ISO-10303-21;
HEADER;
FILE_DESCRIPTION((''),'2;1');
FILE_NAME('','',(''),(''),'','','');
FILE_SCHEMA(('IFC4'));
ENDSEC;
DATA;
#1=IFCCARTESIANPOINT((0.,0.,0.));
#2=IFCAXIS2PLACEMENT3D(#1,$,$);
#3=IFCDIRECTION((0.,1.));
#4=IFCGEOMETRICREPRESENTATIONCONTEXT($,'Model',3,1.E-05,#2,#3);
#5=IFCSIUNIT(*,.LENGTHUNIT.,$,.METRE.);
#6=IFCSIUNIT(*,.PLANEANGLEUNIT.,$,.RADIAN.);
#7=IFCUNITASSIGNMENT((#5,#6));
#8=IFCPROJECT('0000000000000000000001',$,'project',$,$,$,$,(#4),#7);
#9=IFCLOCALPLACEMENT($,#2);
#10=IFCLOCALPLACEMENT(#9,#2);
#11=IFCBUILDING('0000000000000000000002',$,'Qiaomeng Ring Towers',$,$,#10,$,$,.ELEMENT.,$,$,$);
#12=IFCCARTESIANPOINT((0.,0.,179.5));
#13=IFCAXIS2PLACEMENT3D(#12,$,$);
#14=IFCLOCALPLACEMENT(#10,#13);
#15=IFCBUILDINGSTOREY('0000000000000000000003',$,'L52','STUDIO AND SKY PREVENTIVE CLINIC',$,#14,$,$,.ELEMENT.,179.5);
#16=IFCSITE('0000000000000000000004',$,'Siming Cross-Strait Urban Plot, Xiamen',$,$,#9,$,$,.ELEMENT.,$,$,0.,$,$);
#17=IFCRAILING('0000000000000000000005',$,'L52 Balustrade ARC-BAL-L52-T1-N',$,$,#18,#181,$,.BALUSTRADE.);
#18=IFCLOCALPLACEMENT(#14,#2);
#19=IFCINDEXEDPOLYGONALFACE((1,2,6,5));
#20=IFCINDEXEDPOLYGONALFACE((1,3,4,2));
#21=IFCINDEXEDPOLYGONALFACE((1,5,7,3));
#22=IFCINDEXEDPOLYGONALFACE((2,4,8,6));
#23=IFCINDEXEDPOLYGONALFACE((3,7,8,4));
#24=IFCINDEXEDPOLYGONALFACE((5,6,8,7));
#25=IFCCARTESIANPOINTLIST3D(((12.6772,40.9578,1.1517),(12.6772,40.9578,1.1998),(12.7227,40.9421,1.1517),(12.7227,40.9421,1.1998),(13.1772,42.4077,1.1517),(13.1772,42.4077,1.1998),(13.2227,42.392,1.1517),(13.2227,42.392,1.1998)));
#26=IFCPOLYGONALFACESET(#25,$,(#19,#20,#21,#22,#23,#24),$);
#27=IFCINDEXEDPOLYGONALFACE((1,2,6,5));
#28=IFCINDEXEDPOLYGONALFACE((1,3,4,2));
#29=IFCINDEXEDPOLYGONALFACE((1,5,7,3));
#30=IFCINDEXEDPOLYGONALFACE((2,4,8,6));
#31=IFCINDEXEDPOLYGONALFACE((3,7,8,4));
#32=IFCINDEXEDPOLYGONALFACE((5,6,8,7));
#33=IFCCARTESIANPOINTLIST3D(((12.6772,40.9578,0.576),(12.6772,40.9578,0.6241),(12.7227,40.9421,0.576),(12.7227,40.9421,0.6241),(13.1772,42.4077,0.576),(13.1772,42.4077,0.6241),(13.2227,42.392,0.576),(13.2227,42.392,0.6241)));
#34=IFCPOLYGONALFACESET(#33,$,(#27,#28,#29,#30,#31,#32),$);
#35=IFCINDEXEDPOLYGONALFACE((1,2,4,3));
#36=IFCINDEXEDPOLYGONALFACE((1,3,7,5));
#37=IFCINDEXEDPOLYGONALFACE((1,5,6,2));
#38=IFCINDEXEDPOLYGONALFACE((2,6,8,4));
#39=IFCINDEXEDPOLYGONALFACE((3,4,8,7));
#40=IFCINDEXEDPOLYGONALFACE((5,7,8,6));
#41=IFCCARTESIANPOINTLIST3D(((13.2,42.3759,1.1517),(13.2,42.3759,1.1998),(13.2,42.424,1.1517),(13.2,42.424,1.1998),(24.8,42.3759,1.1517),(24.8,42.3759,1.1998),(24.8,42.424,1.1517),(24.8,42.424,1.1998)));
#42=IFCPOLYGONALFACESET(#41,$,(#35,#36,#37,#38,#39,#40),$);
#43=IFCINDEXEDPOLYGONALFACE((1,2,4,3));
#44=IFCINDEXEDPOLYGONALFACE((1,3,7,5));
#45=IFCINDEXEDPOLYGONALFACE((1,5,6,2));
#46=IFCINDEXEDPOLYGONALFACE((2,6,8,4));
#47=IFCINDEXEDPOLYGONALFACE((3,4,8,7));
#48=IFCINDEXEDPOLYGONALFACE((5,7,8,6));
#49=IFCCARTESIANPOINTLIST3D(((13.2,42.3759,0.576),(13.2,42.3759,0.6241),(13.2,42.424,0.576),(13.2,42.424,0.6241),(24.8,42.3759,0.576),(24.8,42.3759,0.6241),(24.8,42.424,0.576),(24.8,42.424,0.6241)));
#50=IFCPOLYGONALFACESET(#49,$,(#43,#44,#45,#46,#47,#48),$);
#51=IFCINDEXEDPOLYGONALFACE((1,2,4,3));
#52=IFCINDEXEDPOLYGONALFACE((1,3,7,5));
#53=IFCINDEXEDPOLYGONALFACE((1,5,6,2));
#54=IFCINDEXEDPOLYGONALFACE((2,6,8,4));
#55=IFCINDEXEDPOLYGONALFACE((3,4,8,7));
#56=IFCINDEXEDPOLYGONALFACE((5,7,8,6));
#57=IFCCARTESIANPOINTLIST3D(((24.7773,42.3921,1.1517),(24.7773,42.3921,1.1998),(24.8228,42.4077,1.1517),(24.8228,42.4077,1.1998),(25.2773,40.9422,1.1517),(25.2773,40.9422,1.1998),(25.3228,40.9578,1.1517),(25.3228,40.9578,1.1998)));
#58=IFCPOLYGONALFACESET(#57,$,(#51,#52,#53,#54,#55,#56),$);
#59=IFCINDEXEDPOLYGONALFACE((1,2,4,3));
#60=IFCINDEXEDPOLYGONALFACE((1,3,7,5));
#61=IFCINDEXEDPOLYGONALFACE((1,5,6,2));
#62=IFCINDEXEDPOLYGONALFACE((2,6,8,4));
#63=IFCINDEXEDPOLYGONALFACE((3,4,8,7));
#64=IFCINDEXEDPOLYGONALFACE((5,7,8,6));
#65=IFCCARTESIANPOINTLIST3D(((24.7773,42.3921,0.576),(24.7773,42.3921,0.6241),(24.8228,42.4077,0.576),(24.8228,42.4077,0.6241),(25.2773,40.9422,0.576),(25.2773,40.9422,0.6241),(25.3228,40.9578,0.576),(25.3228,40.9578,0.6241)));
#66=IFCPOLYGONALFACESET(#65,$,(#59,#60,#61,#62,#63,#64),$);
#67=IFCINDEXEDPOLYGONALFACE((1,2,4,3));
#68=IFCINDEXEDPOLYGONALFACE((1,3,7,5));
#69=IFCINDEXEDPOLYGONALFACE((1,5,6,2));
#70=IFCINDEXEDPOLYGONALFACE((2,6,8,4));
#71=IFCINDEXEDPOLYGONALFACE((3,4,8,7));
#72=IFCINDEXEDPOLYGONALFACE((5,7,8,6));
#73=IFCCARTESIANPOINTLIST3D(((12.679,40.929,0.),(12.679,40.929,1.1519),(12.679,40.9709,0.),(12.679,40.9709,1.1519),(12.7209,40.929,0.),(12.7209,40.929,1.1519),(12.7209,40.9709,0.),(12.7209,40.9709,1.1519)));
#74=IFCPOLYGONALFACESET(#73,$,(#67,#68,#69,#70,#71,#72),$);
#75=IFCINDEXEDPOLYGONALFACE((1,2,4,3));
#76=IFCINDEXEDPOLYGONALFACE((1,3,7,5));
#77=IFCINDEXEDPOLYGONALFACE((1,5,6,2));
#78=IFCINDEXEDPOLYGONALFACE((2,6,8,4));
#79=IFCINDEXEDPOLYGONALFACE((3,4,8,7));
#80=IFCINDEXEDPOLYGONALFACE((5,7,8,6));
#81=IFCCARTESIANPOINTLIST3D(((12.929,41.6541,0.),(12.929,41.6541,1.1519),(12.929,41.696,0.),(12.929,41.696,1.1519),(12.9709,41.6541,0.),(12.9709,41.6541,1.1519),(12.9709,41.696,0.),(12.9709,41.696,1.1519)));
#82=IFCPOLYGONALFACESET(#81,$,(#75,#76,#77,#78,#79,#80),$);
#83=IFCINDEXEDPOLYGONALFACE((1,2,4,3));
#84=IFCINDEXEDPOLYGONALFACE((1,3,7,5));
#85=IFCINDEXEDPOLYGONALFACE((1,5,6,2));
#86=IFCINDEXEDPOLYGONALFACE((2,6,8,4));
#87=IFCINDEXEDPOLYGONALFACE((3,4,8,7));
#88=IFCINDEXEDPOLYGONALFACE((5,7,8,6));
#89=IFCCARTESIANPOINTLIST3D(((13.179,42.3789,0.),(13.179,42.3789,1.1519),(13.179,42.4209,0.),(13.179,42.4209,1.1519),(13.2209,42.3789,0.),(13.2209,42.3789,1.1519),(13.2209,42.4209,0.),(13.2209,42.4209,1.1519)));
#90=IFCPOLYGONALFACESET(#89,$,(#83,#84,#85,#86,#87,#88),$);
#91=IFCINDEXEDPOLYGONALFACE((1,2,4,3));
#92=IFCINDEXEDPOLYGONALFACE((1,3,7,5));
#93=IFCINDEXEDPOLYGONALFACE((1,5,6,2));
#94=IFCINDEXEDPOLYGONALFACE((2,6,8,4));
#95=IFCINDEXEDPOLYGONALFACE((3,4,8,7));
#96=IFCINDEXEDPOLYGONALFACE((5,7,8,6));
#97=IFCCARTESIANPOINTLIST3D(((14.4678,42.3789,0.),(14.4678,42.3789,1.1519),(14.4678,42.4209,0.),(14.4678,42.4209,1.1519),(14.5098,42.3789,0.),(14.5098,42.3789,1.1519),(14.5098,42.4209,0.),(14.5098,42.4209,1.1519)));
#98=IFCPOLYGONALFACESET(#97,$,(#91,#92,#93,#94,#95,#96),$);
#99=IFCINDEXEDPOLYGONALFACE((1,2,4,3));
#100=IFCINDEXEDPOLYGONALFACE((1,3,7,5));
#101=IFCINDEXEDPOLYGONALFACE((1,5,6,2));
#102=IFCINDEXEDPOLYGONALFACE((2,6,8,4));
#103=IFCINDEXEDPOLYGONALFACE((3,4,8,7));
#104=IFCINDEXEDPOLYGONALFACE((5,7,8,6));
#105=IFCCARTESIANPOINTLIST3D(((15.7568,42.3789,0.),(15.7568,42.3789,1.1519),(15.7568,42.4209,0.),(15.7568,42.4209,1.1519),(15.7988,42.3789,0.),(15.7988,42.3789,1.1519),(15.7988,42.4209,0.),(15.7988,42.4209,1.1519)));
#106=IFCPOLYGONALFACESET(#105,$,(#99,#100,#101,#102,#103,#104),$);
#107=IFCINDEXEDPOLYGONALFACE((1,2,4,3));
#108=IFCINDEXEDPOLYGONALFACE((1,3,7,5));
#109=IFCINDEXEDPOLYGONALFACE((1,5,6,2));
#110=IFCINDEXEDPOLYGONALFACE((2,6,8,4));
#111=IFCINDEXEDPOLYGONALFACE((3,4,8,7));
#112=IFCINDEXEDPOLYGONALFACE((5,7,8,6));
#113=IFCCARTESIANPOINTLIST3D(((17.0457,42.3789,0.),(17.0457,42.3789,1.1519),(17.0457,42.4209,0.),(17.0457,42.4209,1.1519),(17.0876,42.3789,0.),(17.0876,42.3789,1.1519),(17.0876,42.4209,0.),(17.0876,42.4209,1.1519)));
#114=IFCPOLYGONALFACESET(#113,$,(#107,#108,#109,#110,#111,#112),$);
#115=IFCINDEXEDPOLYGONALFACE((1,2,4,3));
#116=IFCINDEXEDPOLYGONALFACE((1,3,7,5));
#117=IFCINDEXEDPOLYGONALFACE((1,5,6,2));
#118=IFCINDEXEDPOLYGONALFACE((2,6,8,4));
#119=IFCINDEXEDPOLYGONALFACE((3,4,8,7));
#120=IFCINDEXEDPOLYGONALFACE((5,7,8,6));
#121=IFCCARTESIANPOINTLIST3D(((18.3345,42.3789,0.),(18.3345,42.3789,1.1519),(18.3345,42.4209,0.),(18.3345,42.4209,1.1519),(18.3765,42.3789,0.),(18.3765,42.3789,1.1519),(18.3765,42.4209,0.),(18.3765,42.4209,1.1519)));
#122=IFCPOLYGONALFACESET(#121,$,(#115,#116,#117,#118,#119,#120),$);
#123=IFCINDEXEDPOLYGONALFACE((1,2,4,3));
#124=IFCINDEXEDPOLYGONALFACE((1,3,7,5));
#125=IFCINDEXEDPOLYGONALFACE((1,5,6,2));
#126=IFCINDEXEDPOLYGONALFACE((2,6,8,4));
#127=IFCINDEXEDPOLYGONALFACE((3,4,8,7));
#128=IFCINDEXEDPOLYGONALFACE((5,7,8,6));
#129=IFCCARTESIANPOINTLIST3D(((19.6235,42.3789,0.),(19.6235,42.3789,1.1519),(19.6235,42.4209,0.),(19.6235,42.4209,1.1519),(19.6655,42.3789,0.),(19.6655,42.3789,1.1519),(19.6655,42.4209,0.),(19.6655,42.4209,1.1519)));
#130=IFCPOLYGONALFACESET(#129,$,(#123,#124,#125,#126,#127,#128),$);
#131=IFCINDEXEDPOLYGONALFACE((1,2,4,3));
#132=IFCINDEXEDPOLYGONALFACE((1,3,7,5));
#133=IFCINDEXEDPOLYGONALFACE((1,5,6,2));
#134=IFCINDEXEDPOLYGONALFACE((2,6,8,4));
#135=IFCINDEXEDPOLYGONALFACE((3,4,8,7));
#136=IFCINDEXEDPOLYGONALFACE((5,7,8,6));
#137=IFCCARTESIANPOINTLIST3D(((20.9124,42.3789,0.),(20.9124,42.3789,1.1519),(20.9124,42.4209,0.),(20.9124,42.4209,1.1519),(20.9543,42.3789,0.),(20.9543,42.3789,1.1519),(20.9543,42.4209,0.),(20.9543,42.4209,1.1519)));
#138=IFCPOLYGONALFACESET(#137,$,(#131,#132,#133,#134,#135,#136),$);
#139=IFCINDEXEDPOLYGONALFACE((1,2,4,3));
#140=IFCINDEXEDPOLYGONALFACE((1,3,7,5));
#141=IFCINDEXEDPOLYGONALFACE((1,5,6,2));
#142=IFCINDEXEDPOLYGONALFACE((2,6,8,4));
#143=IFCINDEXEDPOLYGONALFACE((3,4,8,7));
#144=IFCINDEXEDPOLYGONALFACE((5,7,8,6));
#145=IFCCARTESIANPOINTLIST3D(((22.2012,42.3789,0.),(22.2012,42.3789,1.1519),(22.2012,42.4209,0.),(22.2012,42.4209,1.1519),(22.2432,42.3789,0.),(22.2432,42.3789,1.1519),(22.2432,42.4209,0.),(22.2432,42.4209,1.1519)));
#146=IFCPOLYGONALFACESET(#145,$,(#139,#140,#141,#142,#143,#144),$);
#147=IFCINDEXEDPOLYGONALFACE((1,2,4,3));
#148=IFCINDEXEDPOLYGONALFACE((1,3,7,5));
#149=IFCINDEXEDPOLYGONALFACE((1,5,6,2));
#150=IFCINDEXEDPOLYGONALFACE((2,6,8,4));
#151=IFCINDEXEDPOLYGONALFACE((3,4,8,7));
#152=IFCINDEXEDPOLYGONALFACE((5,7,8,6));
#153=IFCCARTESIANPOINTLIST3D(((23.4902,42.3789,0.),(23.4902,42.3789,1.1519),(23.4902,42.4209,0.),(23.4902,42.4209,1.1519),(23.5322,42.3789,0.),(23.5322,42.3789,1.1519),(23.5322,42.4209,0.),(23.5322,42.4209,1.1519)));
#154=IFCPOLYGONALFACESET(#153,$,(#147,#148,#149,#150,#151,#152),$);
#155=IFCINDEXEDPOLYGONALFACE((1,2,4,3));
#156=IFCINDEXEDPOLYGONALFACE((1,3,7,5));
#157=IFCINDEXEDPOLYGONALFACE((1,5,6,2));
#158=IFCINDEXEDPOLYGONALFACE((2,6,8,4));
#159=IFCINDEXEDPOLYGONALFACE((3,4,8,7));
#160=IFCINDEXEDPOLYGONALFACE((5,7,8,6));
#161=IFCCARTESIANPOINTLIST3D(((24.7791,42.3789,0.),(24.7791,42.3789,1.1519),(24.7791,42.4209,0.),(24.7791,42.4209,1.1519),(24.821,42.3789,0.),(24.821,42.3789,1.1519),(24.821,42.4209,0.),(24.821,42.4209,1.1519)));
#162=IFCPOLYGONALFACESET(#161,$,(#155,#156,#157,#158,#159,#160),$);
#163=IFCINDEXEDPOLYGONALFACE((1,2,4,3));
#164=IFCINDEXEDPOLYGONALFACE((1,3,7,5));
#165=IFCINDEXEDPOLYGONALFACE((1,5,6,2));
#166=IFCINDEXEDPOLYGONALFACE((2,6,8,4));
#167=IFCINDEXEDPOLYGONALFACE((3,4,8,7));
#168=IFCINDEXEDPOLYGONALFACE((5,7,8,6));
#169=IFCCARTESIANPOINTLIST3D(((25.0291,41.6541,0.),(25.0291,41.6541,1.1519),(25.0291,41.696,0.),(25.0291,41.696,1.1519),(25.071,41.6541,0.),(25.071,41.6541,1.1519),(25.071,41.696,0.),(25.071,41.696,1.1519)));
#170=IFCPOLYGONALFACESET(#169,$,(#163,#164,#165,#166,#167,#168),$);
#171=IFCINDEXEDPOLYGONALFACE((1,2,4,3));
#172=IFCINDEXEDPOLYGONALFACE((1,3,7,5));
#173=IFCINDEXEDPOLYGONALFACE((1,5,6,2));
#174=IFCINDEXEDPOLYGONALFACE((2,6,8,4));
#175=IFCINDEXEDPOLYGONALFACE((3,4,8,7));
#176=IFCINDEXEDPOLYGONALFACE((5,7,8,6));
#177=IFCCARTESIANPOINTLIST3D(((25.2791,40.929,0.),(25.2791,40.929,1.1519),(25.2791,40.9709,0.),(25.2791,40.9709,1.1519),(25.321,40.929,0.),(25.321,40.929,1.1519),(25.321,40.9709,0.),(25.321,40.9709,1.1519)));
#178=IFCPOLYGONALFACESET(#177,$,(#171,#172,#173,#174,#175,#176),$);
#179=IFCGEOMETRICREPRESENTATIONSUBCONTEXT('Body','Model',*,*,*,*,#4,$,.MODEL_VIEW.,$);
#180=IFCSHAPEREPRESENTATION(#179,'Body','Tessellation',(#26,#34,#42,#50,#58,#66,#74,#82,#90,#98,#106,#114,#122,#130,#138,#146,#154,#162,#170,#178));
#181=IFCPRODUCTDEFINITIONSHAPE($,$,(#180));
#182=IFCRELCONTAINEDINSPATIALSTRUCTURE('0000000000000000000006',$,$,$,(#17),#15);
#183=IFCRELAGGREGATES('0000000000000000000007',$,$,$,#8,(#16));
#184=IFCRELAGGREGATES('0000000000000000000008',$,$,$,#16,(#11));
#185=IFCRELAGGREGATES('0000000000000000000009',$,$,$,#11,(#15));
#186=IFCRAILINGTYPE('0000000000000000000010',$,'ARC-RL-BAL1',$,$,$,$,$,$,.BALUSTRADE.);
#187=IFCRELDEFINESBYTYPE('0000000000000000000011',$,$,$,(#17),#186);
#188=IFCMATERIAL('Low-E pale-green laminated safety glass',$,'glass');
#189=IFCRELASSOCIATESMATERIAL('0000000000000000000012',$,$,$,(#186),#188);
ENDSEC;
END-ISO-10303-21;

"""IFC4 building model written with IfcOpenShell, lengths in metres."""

from ifc_helpers import new_model, si_unit, direction, frame, origin, origin_2d, place, context, subcontext, project, spatial, rectangle, extrude, material, type_object, element, save


model = new_model("IFC4")

# Units and contexts
model_context = context("Model", 3, precision=1e-05, world=origin(), true_north=direction((0.0, 1.0)))
body_context = subcontext(model_context, "Body", "Model", "MODEL_VIEW")
ifc_project = project(units=[si_unit("LENGTHUNIT", "METRE"), si_unit("PLANEANGLEUNIT", "RADIAN")], contexts=[model_context])

# Site, building, storey
site_placement = place(None, origin())
site = spatial("IfcSite", under=ifc_project, at=site_placement, Name="Siming Cross-Strait Urban Plot, Xiamen", CompositionType="ELEMENT", RefElevation=0.0)
building_placement = place(site_placement, origin())
building = spatial("IfcBuilding", under=site, at=building_placement, Name="Qiaomeng Ring Towers", CompositionType="ELEMENT")
storey_placement = place(building_placement, frame((0.0, 0.0, 179.5)))
storey = spatial("IfcBuildingStorey", under=building, at=storey_placement, Name="L52", Description="STUDIO AND SKY PREVENTIVE CLINIC", CompositionType="ELEMENT", Elevation=179.5)

# Railing
ifc_material_1 = material(Name="Low-E pale-green laminated safety glass", Category="glass")
railing_type = type_object("IfcRailingType", Name="ARC-RL-BAL1", PredefinedType="BALUSTRADE", material=ifc_material_1)
railing_placement = place(storey_placement, frame((12.7, 40.95, 0.0)))
element("IfcRailing", 1, at=railing_placement, inside=storey, type_object=railing_type, Name="L52 Balustrade ARC-BAL-L52-T1-N", PredefinedType="BALUSTRADE", context=body_context, shape_type="SweptSolid", body=[
    extrude(rectangle(XDim=0.0481, YDim=0.0481, at=origin_2d()), frame((0.0, 0.0, 1.1758), z_axis=(0.326, 0.94537, 0.0), x_axis=(-0.94537, 0.326, 0.0)), (0.0, 0.0, 1.0), 1.5337),
    extrude(rectangle(XDim=0.0481, YDim=0.0481, at=origin_2d()), frame((0.0, 0.0, 0.6001), z_axis=(0.326, 0.94537, 0.0), x_axis=(-0.94537, 0.326, 0.0)), (0.0, 0.0, 1.0), 1.5337),
    extrude(rectangle(XDim=0.0481, YDim=0.0481, at=origin_2d()), frame((0.5, 1.45, 1.1758), z_axis=(1.0, 0.0, 0.0), x_axis=(0.0, 1.0, 0.0)), (0.0, 0.0, 1.0), 11.6001),
    extrude(rectangle(XDim=0.0481, YDim=0.0481, at=origin_2d()), frame((0.5, 1.45, 0.6001), z_axis=(1.0, 0.0, 0.0), x_axis=(0.0, 1.0, 0.0)), (0.0, 0.0, 1.0), 11.6001),
    extrude(rectangle(XDim=0.0481, YDim=0.0481, at=origin_2d()), frame((12.1001, 1.45, 1.1758), z_axis=(0.326, -0.94537, 0.0), x_axis=(0.94537, 0.326, 0.0)), (0.0, 0.0, 1.0), 1.5337),
    extrude(rectangle(XDim=0.0481, YDim=0.0481, at=origin_2d()), frame((12.1001, 1.45, 0.6001), z_axis=(0.326, -0.94537, 0.0), x_axis=(0.94537, 0.326, 0.0)), (0.0, 0.0, 1.0), 1.5337),
    extrude(rectangle(XDim=0.042, YDim=0.042, at=origin_2d()), origin(), (0.0, 0.0, 1.0), 1.1519),
    extrude(rectangle(XDim=0.042, YDim=0.042, at=origin_2d()), frame((0.25, 0.7251, 0.0)), (0.0, 0.0, 1.0), 1.1519),
    extrude(rectangle(XDim=0.042, YDim=0.042, at=origin_2d()), frame((0.5, 1.45, 0.0)), (0.0, 0.0, 1.0), 1.1519),
    extrude(rectangle(XDim=0.042, YDim=0.042, at=origin_2d()), frame((1.7888, 1.45, 0.0)), (0.0, 0.0, 1.0), 1.1519),
    extrude(rectangle(XDim=0.042, YDim=0.042, at=origin_2d()), frame((3.0779, 1.45, 0.0)), (0.0, 0.0, 1.0), 1.1519),
    extrude(rectangle(XDim=0.042, YDim=0.042, at=origin_2d()), frame((4.3667, 1.45, 0.0)), (0.0, 0.0, 1.0), 1.1519),
    extrude(rectangle(XDim=0.042, YDim=0.042, at=origin_2d()), frame((5.6555, 1.45, 0.0)), (0.0, 0.0, 1.0), 1.1519),
    extrude(rectangle(XDim=0.042, YDim=0.042, at=origin_2d()), frame((6.9446, 1.45, 0.0)), (0.0, 0.0, 1.0), 1.1519),
    extrude(rectangle(XDim=0.042, YDim=0.042, at=origin_2d()), frame((8.2334, 1.45, 0.0)), (0.0, 0.0, 1.0), 1.1519),
    extrude(rectangle(XDim=0.042, YDim=0.042, at=origin_2d()), frame((9.5222, 1.45, 0.0)), (0.0, 0.0, 1.0), 1.1519),
    extrude(rectangle(XDim=0.042, YDim=0.042, at=origin_2d()), frame((10.8113, 1.45, 0.0)), (0.0, 0.0, 1.0), 1.1519),
    extrude(rectangle(XDim=0.042, YDim=0.042, at=origin_2d()), frame((12.1001, 1.45, 0.0)), (0.0, 0.0, 1.0), 1.1519),
    extrude(rectangle(XDim=0.042, YDim=0.042, at=origin_2d()), frame((12.3501, 0.7251, 0.0)), (0.0, 0.0, 1.0), 1.1519),
    extrude(rectangle(XDim=0.042, YDim=0.042, at=origin_2d()), frame((12.6001, 0.0, 0.0)), (0.0, 0.0, 1.0), 1.1519),
])

save(model, "model.ifc")
